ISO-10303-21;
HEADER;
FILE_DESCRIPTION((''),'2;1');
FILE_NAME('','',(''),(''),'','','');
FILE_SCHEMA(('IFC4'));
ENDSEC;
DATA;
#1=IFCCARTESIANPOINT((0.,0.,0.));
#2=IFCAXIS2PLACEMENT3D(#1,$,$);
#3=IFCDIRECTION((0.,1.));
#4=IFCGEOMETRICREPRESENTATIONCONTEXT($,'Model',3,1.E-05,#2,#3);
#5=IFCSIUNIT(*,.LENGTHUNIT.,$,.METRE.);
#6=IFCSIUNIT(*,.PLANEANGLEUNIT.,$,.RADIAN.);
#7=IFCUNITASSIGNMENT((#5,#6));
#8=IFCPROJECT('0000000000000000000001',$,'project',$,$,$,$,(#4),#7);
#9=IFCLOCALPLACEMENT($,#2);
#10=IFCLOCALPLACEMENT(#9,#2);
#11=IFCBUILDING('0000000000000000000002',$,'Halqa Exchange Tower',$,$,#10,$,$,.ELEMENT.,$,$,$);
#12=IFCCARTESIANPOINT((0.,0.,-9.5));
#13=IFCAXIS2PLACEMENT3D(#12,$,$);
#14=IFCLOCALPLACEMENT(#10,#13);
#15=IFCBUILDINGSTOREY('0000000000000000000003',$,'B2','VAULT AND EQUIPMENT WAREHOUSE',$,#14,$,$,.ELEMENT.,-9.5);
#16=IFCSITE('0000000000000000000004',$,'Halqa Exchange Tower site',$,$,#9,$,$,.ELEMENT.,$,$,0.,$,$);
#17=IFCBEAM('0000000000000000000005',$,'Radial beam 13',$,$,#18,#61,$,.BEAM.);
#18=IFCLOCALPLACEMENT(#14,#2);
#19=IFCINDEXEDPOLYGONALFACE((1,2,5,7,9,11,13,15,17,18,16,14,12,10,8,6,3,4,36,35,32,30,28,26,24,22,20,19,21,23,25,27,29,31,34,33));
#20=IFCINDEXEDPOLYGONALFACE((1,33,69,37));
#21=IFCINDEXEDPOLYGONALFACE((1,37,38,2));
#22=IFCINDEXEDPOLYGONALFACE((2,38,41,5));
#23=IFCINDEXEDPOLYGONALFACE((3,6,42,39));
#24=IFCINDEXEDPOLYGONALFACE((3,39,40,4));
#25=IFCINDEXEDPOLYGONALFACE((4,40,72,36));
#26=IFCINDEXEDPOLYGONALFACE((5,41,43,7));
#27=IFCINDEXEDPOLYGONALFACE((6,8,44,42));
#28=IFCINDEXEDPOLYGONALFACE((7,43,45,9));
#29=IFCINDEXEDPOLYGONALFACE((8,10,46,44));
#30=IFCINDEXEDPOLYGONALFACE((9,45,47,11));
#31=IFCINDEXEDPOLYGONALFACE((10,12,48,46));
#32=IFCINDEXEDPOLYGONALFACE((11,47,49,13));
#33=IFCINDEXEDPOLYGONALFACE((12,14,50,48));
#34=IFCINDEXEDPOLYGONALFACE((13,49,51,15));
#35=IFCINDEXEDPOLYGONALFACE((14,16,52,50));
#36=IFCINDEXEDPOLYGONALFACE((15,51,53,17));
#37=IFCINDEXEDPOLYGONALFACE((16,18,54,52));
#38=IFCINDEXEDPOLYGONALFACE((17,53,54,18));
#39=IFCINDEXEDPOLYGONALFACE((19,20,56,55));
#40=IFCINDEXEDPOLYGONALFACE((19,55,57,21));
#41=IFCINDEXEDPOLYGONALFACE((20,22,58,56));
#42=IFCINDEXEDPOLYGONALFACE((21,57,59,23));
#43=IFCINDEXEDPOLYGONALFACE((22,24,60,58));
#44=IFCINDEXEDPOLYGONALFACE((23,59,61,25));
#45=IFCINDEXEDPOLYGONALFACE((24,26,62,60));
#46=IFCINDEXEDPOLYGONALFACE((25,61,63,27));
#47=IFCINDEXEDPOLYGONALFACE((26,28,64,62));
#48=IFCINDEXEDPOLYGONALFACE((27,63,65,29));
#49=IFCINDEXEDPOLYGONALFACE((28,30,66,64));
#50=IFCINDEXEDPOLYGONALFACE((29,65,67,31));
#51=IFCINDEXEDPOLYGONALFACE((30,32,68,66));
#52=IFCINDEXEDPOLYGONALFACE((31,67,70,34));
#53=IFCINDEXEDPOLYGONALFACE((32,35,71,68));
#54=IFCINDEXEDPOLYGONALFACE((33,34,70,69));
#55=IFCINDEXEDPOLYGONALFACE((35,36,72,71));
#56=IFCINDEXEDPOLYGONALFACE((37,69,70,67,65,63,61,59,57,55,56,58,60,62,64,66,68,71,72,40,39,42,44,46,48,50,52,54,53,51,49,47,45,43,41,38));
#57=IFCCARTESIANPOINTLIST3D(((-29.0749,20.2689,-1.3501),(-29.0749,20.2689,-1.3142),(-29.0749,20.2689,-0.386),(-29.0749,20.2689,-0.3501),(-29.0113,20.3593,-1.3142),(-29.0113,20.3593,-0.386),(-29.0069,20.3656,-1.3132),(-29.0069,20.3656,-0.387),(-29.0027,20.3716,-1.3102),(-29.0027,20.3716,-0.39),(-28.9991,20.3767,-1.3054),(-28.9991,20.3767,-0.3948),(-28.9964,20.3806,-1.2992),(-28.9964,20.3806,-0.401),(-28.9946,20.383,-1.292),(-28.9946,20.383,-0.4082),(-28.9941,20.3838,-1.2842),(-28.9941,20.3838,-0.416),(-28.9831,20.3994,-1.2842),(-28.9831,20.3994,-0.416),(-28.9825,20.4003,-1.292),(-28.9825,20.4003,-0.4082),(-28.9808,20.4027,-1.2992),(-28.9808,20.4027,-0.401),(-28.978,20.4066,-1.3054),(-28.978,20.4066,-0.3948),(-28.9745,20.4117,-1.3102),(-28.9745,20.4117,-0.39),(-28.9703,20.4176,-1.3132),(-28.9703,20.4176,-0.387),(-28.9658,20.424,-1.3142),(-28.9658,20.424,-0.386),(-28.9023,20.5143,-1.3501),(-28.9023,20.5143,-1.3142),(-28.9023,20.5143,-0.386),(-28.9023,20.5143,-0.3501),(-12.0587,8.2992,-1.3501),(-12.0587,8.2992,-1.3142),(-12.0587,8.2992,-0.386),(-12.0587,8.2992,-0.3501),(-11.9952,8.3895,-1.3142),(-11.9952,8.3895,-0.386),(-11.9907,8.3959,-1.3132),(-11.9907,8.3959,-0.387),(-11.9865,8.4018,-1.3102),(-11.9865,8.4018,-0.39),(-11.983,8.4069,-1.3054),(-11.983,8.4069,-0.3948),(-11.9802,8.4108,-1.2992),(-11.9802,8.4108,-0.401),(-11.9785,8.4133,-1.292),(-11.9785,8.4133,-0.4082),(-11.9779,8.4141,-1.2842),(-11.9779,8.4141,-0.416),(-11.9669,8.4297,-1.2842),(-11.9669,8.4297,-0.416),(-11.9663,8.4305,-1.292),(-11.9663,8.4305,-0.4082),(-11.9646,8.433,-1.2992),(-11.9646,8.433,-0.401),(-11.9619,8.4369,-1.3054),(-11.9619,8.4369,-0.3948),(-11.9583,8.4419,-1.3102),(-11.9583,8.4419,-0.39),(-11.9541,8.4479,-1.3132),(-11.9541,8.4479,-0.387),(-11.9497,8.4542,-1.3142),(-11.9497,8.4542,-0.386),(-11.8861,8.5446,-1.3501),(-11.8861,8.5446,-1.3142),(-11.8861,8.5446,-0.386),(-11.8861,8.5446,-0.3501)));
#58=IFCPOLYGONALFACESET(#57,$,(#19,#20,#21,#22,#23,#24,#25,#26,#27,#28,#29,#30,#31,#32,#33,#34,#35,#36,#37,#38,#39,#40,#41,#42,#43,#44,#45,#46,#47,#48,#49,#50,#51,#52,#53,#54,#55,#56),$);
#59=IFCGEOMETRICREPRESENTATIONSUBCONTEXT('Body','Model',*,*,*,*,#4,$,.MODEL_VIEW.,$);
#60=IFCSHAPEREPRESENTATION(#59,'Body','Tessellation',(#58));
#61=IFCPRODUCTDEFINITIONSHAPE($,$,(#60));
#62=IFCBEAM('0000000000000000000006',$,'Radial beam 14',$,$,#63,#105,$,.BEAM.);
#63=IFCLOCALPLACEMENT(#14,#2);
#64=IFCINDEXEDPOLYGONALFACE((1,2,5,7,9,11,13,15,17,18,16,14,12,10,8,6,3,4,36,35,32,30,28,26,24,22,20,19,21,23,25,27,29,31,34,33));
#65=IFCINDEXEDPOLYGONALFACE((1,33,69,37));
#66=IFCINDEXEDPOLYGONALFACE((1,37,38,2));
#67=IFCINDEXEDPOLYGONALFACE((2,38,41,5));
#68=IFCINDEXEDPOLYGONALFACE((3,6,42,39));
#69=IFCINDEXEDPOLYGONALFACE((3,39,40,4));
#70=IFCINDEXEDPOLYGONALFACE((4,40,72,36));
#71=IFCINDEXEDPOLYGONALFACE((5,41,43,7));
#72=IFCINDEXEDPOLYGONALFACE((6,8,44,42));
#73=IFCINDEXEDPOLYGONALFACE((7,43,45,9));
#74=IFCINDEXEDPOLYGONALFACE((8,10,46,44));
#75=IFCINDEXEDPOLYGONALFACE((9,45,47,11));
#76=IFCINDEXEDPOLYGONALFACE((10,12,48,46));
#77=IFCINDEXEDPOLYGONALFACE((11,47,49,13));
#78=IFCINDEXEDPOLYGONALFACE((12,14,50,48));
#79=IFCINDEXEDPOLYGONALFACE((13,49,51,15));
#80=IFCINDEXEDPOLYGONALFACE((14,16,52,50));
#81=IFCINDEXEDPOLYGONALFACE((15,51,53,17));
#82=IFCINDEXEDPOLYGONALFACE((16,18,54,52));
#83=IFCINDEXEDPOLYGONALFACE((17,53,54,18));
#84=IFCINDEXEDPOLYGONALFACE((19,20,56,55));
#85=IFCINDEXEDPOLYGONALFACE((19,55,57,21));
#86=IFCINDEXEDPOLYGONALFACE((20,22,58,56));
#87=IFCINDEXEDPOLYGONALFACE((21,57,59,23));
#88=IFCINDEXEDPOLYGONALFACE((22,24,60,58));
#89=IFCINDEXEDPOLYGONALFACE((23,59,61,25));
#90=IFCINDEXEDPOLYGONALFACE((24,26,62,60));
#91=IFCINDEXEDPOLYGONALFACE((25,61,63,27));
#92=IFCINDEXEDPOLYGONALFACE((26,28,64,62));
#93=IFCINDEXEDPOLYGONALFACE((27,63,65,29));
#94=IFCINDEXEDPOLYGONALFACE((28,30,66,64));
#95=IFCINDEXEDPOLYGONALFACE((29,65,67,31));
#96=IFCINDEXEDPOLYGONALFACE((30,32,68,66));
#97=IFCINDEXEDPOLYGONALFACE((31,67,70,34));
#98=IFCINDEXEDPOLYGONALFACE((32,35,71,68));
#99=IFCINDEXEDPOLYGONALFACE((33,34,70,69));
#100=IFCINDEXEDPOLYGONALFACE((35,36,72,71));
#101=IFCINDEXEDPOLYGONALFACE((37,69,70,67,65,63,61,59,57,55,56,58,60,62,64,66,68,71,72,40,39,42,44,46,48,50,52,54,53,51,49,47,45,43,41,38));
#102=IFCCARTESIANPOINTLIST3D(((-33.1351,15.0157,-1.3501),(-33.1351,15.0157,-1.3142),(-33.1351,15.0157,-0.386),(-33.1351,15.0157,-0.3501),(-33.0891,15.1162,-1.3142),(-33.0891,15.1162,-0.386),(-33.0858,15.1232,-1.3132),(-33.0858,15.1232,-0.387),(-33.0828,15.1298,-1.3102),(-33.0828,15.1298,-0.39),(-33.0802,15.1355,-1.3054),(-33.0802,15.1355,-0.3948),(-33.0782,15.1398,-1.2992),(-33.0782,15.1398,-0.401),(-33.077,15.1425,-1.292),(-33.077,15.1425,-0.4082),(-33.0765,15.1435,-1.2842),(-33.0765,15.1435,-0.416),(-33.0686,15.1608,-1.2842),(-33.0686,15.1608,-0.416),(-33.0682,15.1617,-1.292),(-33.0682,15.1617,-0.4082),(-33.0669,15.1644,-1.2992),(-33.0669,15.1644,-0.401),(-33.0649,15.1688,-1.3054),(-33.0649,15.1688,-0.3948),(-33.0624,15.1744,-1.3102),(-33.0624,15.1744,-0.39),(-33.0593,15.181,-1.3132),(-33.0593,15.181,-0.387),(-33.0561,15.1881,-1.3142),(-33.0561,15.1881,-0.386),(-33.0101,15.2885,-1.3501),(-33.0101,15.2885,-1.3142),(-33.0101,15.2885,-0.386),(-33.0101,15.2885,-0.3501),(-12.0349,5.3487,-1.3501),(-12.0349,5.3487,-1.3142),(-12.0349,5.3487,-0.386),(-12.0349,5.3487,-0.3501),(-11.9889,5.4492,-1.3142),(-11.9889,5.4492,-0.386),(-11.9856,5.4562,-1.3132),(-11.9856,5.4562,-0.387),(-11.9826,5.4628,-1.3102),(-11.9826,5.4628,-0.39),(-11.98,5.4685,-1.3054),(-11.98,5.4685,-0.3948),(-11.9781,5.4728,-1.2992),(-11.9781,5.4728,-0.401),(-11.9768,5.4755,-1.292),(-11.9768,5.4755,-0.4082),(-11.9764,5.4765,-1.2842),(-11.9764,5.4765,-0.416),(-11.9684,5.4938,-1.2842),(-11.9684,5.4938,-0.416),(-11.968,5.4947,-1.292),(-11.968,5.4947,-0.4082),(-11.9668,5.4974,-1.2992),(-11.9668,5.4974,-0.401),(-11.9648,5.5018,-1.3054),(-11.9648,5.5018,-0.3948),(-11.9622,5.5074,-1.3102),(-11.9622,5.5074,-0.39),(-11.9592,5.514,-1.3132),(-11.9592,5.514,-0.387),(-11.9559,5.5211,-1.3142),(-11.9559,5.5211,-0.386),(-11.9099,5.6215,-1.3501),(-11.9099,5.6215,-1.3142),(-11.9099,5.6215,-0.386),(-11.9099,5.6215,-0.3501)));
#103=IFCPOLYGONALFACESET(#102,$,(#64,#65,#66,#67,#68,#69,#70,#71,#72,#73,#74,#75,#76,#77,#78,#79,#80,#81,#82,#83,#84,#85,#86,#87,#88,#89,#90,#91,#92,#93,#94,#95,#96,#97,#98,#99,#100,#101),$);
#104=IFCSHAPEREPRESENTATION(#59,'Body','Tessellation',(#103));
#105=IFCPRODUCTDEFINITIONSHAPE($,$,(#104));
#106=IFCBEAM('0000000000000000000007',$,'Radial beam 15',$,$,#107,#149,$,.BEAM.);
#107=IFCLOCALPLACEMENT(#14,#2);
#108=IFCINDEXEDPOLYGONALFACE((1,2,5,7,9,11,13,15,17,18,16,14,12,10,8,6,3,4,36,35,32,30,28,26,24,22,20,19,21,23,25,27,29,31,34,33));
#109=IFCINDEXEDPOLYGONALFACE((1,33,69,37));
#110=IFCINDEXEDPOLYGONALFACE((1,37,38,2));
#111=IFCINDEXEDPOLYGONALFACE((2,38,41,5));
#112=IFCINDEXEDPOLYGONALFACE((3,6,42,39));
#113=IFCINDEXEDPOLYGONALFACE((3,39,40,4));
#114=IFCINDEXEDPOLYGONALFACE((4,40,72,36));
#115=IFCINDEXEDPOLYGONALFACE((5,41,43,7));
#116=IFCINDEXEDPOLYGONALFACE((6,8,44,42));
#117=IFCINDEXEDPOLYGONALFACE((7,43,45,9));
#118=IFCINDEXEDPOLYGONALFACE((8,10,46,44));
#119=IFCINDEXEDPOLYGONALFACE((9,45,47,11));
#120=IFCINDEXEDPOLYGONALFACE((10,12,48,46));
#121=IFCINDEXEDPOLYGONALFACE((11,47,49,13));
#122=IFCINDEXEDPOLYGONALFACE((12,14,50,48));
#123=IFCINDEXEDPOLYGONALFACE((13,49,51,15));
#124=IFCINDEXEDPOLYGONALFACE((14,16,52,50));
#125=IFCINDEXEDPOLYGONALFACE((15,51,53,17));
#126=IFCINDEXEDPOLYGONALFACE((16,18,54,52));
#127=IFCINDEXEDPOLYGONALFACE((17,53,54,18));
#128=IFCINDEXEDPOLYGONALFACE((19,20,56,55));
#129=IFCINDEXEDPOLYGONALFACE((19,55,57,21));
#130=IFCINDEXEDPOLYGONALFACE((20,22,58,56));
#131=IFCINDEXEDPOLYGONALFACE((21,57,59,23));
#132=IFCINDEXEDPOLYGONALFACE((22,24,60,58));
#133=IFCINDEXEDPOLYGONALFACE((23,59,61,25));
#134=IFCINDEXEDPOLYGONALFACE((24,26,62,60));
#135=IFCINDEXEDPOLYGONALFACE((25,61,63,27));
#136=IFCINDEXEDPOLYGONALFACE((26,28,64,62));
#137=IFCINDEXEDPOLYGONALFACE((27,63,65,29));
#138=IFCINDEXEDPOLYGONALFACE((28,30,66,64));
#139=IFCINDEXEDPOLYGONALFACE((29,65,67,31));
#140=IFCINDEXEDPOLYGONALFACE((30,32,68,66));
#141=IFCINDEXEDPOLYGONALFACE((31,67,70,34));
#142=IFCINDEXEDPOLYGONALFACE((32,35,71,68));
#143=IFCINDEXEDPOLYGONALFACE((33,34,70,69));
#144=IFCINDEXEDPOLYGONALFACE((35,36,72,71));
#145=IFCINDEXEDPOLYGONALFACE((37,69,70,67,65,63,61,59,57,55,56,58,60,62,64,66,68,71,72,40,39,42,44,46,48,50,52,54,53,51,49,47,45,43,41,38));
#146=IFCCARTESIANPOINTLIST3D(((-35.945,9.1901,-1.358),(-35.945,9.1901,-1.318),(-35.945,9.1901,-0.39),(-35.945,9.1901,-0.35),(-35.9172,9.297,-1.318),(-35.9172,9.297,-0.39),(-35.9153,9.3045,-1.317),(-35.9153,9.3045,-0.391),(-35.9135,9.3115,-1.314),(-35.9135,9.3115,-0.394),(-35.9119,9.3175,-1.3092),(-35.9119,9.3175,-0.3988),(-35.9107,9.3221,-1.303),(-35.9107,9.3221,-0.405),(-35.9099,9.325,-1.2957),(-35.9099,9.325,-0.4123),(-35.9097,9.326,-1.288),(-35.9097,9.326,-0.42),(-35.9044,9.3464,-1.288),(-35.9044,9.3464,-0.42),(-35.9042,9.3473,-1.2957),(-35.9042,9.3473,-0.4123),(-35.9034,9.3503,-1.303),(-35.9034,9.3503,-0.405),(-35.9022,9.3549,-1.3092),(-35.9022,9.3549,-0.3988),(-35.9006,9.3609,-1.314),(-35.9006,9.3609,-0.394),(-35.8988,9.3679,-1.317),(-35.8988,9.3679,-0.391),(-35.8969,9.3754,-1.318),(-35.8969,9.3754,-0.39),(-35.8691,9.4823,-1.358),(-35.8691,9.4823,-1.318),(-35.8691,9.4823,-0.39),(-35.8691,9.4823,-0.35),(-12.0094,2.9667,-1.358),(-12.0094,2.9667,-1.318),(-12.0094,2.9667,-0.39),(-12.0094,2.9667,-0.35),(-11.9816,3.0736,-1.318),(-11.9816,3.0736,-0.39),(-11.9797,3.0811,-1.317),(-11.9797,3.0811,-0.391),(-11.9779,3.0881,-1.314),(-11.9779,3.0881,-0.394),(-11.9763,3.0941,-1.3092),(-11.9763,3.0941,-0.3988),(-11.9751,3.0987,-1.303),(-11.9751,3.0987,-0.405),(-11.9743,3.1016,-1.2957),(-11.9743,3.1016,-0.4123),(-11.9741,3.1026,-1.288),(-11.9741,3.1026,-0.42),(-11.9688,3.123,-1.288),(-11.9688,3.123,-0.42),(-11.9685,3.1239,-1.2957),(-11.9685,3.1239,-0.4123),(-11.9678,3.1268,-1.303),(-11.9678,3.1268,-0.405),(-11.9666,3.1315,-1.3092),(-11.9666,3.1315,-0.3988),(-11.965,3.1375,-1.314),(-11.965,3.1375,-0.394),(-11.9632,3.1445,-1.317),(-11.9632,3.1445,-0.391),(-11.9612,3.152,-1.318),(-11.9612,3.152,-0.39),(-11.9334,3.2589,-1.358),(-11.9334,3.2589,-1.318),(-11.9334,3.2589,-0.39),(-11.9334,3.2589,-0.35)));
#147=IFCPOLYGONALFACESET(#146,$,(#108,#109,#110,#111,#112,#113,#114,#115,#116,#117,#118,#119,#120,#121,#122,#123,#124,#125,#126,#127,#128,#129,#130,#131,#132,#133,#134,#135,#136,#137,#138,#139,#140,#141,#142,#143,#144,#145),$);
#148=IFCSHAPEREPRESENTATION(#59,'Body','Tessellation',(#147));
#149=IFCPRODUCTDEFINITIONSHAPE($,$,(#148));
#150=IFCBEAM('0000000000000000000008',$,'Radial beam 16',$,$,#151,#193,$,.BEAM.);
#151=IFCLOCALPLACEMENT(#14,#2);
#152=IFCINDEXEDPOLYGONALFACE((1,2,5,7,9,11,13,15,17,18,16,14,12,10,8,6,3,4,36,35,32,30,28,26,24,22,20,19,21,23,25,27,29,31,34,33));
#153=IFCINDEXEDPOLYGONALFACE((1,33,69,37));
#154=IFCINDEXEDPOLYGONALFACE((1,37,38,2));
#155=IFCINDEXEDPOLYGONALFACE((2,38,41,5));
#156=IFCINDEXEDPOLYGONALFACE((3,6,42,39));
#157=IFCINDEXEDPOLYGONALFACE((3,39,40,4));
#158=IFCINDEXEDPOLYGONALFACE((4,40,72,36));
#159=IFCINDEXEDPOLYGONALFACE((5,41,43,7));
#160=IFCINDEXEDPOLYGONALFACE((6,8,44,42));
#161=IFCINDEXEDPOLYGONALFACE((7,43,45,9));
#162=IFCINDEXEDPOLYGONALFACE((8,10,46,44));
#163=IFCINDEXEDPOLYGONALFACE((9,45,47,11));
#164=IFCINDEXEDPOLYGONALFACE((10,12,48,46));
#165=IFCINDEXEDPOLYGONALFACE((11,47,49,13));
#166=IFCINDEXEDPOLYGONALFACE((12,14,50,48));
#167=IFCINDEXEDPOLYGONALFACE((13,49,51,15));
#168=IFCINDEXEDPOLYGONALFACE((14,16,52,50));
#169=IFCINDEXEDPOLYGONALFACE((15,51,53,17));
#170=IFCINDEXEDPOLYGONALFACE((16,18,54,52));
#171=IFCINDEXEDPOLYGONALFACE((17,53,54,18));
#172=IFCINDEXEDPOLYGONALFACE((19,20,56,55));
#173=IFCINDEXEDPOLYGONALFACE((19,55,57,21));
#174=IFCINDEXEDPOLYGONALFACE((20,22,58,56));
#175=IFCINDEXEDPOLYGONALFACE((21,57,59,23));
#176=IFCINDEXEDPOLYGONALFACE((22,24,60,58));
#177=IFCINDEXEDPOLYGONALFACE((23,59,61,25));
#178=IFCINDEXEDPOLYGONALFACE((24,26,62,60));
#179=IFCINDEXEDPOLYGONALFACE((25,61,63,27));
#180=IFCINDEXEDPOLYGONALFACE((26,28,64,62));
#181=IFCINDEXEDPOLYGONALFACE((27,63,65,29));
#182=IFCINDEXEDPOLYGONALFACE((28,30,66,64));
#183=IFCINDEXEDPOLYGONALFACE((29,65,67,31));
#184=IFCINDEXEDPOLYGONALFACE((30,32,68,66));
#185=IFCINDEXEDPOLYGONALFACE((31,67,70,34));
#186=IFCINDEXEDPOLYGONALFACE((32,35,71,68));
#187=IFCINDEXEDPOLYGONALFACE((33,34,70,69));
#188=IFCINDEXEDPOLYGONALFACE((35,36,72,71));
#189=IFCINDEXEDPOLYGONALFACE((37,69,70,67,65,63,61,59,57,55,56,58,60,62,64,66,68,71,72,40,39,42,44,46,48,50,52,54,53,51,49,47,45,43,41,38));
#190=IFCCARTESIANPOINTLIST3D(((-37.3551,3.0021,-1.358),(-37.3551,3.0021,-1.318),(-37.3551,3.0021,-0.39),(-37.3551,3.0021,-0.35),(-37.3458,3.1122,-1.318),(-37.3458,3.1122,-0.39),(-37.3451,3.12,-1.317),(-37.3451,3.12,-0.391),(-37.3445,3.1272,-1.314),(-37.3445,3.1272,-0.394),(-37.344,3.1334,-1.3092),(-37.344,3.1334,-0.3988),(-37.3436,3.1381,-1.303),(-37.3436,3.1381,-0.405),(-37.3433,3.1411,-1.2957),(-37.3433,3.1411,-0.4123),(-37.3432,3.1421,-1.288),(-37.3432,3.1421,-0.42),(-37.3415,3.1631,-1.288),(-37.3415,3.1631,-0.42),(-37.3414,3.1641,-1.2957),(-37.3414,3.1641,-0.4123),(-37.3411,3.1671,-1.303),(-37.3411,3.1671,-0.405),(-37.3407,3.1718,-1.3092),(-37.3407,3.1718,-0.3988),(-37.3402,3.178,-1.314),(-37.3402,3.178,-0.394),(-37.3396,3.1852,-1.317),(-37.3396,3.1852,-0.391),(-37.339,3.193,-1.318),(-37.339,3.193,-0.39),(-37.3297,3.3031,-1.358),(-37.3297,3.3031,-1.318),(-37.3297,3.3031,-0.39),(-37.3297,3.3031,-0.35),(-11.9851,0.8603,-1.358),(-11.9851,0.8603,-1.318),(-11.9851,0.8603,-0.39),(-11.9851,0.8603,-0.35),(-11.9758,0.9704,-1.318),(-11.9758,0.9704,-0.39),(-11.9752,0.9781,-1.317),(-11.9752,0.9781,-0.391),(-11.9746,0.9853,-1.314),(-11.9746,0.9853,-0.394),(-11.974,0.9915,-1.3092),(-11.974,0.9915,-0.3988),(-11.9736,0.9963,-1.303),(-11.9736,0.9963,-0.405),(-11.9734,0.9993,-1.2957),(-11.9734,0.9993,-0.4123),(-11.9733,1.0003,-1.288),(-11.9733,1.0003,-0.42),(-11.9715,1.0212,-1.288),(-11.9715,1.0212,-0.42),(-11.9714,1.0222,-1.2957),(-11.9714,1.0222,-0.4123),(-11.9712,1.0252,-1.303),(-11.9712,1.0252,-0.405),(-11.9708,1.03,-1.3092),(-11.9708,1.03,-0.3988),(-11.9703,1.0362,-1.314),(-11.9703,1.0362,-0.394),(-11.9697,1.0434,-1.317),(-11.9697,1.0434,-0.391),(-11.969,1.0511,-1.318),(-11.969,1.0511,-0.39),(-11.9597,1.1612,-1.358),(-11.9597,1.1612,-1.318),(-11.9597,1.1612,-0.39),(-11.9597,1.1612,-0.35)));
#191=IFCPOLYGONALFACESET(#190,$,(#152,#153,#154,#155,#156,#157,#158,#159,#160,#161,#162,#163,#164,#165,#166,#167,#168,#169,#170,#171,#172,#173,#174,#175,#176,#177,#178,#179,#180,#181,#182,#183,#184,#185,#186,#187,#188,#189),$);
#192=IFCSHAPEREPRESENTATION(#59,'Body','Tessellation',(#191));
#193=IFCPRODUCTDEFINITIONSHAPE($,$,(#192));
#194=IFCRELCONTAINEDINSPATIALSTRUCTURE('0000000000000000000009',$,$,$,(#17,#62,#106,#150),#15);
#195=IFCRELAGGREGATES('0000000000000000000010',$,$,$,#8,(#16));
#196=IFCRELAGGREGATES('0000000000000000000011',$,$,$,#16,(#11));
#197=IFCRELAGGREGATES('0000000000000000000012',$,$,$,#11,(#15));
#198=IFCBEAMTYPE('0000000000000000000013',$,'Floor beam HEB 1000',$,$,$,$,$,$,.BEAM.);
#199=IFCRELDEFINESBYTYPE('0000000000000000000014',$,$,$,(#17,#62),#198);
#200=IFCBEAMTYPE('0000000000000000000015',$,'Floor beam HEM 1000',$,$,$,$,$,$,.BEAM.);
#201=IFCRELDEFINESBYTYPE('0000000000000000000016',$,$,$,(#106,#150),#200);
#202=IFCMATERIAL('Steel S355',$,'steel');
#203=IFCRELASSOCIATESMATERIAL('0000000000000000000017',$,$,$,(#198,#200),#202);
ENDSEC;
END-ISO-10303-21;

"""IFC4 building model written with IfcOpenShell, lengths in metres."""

from ifc_helpers import new_model, si_unit, direction, frame, origin, origin_2d, place, context, subcontext, project, spatial, i_section, extrude, material, material_profile, profile_set, type_object, element, save


model = new_model("IFC4")

# Units and contexts
model_context = context("Model", 3, precision=1e-05, world=origin(), true_north=direction((0.0, 1.0)))
body_context = subcontext(model_context, "Body", "Model", "MODEL_VIEW")
ifc_project = project(units=[si_unit("LENGTHUNIT", "METRE"), si_unit("PLANEANGLEUNIT", "RADIAN")], contexts=[model_context])

# Site, building, storey
site_placement = place(None, origin())
site = spatial("IfcSite", under=ifc_project, at=site_placement, Name="Halqa Exchange Tower site", CompositionType="ELEMENT", RefElevation=0.0)
building_placement = place(site_placement, origin())
building = spatial("IfcBuilding", under=site, at=building_placement, Name="Halqa Exchange Tower", CompositionType="ELEMENT")
storey_placement = place(building_placement, frame((0.0, 0.0, -9.5)))
storey = spatial("IfcBuildingStorey", under=building, at=storey_placement, Name="B2", Description="VAULT AND EQUIPMENT WAREHOUSE", CompositionType="ELEMENT", Elevation=-9.5)

# Beams
ifc_material_1 = material(Name="Steel S355", Category="steel")
ifc_material_profile_1 = material_profile(ifc_material_1, i_section(OverallWidth=0.3, OverallDepth=1.0, WebThickness=0.019, FlangeThickness=0.0359, FilletRadius=0.03, at=origin_2d()), Name="HEB 1000")
ifc_profile_set_1 = profile_set([ifc_material_profile_1], Name="Steel S355")
beam_type_1 = type_object("IfcBeamType", Name="Floor beam HEB 1000", PredefinedType="BEAM", material=ifc_profile_set_1)
beam_1_placement = place(storey_placement, frame((-11.9724, 8.4219, -0.8501), z_axis=(-0.81791, 0.575346, 0.0), x_axis=(-0.575346, -0.81791, 0.0)))
element("IfcBeam", 1, at=beam_1_placement, inside=storey, type_object=beam_type_1, Name="Radial beam 13", PredefinedType="BEAM", context=body_context, shape_type="SweptSolid", body=[
    extrude(i_section(OverallWidth=0.3, OverallDepth=1.0, WebThickness=0.019, FlangeThickness=0.0359, FilletRadius=0.03, at=origin_2d()), origin(), (0.0, 0.0, 1.0), 20.8044),
])
beam_2_placement = place(storey_placement, frame((-11.9724, 5.4851, -0.8501), z_axis=(-0.909128, 0.416516, 0.0), x_axis=(-0.416516, -0.909128, 0.0)))
element("IfcBeam", 2, at=beam_2_placement, inside=storey, type_object=beam_type_1, Name="Radial beam 14", PredefinedType="BEAM", context=body_context, shape_type="SweptSolid", body=[
    extrude(i_section(OverallWidth=0.3, OverallDepth=1.0, WebThickness=0.019, FlangeThickness=0.0359, FilletRadius=0.03, at=origin_2d()), origin(), (0.0, 0.0, 1.0), 23.2092),
])
ifc_material_profile_2 = material_profile(ifc_material_1, i_section(OverallWidth=0.302, OverallDepth=1.0081, WebThickness=0.021, FlangeThickness=0.04, FilletRadius=0.03, at=origin_2d()), Name="HEM 1000")
ifc_profile_set_2 = profile_set([ifc_material_profile_2], Name="Steel S355")
beam_type_2 = type_object("IfcBeamType", Name="Floor beam HEM 1000", PredefinedType="BEAM", material=ifc_profile_set_2)
beam_3_placement = place(storey_placement, frame((-11.9714, 3.1128, -0.854), z_axis=(-0.967821, 0.251639, 0.0), x_axis=(-0.251639, -0.967821, 0.0)))
element("IfcBeam", 3, at=beam_3_placement, inside=storey, type_object=beam_type_2, Name="Radial beam 15", PredefinedType="BEAM", context=body_context, shape_type="SweptSolid", body=[
    extrude(i_section(OverallWidth=0.302, OverallDepth=1.0081, WebThickness=0.021, FlangeThickness=0.04, FilletRadius=0.03, at=origin_2d()), origin(), (0.0, 0.0, 1.0), 24.7314),
])
beam_4_placement = place(storey_placement, frame((-11.9724, 1.0107, -0.854), z_axis=(-0.996455, 0.084125, 0.0), x_axis=(-0.084125, -0.996455, 0.0)))
element("IfcBeam", 4, at=beam_4_placement, inside=storey, type_object=beam_type_2, Name="Radial beam 16", PredefinedType="BEAM", context=body_context, shape_type="SweptSolid", body=[
    extrude(i_section(OverallWidth=0.302, OverallDepth=1.0081, WebThickness=0.021, FlangeThickness=0.04, FilletRadius=0.03, at=origin_2d()), origin(), (0.0, 0.0, 1.0), 25.4602),
])

save(model, "model.ifc")
